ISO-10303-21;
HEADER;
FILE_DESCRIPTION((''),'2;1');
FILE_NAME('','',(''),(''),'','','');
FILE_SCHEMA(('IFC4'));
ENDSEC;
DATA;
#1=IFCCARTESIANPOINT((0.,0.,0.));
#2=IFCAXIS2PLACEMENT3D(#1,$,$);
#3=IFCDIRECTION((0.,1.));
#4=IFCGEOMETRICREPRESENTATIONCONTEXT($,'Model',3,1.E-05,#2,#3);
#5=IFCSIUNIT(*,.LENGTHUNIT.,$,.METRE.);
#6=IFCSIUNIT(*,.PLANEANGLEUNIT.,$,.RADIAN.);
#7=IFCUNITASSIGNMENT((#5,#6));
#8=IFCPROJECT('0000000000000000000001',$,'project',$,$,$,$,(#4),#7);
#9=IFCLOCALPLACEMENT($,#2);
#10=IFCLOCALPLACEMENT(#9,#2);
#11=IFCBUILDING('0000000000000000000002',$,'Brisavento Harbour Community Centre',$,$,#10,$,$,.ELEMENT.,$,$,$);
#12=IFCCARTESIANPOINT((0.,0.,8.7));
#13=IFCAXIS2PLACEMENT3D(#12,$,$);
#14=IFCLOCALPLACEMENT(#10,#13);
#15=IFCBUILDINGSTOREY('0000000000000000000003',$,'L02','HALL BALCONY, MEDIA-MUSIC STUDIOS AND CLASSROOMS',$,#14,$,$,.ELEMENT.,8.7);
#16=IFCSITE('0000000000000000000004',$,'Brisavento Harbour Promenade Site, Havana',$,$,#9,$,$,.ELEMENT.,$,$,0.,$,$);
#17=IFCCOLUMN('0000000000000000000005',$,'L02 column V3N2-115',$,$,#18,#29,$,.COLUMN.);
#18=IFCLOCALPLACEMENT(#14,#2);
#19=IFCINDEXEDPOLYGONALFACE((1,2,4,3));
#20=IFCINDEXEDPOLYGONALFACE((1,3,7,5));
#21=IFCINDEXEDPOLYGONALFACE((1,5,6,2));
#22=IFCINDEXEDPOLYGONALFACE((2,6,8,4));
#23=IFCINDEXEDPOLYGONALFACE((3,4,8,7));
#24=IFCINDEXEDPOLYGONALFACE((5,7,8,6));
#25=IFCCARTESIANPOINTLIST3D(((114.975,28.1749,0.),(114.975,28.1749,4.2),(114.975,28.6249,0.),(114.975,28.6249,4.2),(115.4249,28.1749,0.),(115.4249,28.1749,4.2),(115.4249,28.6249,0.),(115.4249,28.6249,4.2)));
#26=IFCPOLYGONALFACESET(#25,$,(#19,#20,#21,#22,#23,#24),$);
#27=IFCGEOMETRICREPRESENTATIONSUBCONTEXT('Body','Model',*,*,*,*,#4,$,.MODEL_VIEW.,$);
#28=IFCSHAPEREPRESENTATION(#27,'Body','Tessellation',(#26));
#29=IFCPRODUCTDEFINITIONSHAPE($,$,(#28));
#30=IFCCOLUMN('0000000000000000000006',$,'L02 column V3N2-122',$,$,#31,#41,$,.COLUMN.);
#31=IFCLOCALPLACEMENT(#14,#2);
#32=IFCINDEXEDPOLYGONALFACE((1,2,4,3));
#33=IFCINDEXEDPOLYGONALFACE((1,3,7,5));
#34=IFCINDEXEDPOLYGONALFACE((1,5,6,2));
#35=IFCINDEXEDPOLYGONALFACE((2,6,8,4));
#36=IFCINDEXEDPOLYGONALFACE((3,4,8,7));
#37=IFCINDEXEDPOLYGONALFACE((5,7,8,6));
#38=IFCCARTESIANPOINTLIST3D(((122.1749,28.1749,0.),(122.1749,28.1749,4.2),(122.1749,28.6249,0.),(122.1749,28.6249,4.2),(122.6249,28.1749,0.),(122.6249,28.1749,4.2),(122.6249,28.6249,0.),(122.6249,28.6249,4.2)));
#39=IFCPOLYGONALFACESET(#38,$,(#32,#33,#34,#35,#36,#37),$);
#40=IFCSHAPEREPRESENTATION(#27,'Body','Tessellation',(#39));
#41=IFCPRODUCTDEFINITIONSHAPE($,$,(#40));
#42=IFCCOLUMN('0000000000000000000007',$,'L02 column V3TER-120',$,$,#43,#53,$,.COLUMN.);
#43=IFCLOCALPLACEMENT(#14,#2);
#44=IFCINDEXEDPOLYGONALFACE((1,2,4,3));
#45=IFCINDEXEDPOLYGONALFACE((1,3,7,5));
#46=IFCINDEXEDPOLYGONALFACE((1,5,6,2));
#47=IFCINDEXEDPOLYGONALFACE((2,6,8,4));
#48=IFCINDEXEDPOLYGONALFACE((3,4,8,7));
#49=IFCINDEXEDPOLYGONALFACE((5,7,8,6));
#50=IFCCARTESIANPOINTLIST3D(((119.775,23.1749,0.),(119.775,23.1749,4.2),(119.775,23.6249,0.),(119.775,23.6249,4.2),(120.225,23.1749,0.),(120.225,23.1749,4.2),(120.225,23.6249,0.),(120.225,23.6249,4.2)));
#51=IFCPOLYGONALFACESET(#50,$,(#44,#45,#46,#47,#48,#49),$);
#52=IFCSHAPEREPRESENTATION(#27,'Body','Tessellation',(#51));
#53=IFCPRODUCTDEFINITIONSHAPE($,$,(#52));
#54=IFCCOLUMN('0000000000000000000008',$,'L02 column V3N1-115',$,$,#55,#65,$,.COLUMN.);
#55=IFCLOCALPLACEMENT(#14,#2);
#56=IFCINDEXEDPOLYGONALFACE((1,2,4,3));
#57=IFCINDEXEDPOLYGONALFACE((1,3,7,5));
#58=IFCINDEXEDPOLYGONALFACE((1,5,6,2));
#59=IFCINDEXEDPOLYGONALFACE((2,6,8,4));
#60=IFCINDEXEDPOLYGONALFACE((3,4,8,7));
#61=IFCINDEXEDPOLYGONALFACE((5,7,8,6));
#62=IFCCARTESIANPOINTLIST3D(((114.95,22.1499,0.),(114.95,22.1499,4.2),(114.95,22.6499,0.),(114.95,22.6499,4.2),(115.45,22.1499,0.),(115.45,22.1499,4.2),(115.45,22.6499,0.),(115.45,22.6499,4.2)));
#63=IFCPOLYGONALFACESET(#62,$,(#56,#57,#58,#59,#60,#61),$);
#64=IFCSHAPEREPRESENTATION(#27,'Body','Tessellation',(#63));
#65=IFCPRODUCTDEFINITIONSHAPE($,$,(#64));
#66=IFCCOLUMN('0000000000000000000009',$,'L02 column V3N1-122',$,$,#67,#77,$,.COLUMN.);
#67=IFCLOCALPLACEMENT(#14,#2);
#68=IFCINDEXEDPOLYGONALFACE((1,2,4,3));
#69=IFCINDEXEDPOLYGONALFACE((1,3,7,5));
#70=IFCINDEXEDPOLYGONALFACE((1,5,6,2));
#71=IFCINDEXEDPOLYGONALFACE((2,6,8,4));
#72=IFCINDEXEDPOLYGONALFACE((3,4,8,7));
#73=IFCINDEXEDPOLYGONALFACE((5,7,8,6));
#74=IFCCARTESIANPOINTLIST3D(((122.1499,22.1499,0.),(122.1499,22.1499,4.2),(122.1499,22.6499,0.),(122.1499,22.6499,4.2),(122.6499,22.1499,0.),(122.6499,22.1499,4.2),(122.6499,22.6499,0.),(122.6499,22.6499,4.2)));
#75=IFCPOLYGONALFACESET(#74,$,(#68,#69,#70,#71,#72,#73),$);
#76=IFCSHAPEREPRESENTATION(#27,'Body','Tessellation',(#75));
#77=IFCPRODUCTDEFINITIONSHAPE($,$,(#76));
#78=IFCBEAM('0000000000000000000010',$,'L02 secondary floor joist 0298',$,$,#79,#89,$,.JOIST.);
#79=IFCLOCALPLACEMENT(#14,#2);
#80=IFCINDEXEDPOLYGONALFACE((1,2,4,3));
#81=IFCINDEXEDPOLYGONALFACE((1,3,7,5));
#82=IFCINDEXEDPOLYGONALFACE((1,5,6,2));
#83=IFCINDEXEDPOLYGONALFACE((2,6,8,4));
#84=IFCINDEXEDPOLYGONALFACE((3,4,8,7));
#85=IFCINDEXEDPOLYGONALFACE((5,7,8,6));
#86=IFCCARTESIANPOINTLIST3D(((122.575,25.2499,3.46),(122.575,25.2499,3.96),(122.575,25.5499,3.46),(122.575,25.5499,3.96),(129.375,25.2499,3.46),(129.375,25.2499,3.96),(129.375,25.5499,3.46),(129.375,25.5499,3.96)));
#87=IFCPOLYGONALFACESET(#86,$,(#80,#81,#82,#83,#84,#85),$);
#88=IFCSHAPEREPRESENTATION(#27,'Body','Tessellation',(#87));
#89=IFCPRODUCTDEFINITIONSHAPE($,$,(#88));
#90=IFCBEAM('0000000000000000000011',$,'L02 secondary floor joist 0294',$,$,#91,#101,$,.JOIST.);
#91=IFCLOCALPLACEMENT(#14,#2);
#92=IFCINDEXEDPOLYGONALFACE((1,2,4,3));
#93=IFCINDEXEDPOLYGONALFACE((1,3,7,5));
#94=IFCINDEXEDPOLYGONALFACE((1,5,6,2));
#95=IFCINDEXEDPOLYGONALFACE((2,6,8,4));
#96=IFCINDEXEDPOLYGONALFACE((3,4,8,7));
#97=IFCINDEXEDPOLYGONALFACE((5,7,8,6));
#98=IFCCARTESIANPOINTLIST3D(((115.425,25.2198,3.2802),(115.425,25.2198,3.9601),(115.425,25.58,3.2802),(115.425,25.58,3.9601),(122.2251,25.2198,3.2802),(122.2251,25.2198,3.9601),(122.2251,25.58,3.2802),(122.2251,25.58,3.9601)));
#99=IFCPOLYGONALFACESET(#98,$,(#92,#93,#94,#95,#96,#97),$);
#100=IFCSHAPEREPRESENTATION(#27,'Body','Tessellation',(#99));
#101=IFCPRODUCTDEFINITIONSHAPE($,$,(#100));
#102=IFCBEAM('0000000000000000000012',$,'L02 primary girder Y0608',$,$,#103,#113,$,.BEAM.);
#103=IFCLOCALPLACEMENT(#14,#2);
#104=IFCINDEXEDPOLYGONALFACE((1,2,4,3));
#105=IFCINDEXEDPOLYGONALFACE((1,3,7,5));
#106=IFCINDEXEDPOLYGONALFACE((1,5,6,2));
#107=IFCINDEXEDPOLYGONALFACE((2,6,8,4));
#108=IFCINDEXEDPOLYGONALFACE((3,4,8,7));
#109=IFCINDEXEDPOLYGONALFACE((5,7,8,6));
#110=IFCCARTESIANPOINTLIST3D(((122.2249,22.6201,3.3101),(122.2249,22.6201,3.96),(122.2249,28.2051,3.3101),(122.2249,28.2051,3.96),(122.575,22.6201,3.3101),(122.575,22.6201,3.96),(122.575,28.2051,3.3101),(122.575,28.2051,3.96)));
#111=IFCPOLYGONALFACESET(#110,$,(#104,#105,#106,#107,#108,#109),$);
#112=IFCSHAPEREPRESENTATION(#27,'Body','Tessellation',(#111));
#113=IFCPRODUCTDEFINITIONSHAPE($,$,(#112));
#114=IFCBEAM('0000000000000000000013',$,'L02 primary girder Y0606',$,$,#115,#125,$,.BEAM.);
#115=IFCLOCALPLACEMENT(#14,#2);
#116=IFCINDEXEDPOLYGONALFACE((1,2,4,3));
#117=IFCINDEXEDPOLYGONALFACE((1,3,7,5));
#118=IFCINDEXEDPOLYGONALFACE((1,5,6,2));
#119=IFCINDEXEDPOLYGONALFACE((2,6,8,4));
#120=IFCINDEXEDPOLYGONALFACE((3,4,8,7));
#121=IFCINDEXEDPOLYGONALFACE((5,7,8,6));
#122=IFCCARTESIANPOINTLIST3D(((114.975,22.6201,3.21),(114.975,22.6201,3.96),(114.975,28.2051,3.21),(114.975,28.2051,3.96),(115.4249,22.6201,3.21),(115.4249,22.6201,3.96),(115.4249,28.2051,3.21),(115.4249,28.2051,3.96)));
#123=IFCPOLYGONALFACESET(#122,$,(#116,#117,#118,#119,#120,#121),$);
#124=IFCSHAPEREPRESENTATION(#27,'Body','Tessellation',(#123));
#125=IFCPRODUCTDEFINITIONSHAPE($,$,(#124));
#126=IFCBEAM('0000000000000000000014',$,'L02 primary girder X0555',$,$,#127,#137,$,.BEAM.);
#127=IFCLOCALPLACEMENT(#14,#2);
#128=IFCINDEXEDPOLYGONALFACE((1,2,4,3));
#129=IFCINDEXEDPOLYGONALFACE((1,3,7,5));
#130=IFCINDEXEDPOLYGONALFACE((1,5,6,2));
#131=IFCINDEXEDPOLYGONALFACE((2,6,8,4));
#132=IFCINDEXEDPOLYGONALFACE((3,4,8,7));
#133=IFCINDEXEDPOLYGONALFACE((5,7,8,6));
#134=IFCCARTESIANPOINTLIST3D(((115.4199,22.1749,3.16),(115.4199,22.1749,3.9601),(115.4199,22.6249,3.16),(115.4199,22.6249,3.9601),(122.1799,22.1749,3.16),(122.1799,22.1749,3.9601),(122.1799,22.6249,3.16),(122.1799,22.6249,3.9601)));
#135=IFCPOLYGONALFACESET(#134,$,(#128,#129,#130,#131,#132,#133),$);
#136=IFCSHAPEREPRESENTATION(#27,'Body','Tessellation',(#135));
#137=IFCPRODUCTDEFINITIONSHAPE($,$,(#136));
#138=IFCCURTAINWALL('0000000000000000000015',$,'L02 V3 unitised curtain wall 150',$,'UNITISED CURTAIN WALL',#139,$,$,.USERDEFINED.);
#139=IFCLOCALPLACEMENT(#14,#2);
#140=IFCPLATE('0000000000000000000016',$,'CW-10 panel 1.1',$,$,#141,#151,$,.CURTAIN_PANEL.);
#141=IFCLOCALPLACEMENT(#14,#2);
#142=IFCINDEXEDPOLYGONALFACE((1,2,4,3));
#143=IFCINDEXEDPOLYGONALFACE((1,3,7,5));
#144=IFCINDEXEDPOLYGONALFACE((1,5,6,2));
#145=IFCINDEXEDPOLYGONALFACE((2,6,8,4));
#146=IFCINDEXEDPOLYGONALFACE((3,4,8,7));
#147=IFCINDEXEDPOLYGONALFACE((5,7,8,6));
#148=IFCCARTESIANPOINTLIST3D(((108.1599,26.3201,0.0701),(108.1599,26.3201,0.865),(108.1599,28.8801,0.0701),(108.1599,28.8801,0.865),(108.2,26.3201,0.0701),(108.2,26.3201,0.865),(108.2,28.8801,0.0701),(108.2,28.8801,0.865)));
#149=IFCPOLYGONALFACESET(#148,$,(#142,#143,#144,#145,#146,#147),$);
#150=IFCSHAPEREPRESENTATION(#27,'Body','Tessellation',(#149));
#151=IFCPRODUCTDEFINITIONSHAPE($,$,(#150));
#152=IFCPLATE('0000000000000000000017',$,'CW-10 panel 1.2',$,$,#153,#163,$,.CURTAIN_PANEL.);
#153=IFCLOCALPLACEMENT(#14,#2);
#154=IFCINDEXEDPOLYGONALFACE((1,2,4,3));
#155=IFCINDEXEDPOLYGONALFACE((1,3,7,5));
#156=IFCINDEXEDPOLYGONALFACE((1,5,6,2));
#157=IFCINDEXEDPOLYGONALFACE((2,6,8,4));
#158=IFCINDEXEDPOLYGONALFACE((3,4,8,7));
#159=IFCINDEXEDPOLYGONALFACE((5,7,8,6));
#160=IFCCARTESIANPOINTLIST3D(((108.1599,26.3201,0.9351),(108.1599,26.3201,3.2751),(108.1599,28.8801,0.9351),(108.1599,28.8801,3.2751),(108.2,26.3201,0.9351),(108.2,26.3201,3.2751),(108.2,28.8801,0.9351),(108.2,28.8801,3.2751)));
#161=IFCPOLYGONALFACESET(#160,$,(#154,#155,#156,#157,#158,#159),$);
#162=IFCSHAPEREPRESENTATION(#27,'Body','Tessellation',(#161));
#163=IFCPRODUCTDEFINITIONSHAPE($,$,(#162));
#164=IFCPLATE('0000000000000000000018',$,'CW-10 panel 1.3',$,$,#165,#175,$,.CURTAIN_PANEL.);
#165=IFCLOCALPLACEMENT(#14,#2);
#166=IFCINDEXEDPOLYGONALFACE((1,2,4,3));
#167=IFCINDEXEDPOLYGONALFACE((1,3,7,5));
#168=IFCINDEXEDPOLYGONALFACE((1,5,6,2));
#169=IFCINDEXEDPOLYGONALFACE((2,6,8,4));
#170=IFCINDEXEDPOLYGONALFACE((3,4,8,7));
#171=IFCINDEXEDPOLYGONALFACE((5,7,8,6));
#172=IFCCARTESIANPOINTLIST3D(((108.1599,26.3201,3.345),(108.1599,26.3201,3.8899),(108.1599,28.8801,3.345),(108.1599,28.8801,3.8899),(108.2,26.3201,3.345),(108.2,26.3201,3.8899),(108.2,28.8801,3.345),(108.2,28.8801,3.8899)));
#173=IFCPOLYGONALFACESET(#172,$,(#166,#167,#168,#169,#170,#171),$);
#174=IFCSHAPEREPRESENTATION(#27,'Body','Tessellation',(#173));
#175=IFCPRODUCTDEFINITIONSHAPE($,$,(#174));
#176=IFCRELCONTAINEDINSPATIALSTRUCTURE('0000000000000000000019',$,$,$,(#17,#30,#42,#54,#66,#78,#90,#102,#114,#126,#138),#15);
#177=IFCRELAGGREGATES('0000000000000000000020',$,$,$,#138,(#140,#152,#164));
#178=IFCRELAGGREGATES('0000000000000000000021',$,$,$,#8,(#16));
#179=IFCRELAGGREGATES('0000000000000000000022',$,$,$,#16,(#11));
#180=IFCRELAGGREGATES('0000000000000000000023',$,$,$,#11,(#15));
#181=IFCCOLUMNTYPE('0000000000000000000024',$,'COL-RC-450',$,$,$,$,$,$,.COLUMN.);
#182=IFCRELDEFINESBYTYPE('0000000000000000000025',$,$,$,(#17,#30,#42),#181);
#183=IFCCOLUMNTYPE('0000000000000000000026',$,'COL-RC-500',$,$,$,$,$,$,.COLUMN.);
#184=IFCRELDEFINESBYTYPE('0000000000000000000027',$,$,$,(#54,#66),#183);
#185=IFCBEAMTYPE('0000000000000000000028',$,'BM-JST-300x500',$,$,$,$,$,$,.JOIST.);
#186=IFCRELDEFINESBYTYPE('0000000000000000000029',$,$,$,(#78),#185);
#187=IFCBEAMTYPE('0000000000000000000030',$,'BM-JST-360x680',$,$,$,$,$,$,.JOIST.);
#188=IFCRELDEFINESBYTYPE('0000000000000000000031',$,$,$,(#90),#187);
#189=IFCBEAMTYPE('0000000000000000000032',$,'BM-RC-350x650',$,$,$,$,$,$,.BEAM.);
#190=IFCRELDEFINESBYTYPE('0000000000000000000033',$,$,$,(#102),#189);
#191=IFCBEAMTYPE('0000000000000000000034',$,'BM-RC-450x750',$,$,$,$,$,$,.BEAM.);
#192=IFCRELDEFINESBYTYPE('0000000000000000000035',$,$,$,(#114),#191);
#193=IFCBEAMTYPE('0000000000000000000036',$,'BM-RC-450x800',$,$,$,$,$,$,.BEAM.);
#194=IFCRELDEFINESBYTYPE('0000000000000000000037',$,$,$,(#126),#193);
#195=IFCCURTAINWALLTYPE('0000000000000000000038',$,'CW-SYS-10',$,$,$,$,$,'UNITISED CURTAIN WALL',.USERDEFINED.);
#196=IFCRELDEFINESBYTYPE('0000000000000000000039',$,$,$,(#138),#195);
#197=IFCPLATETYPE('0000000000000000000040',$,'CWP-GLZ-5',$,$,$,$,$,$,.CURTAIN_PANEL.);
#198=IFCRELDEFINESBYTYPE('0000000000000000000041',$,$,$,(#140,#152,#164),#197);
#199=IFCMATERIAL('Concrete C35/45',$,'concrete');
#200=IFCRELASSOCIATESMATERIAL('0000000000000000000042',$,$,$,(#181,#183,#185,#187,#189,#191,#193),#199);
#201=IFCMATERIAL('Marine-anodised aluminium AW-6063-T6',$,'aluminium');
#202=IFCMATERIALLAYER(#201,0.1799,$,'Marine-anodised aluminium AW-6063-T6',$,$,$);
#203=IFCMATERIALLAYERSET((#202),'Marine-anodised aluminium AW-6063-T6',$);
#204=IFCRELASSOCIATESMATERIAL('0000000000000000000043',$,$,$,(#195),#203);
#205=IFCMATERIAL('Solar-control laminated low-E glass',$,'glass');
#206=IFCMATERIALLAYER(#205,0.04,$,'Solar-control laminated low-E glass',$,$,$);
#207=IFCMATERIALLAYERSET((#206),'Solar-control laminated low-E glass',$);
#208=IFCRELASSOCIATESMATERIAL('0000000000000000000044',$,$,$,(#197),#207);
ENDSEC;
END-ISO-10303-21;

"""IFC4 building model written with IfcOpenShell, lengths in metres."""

from ifc_helpers import new_model, si_unit, direction, frame, origin, origin_2d, place, context, subcontext, project, spatial, rectangle, extrude, material, layer, layer_set, material_profile, profile_set, type_object, element, aggregate, save


model = new_model("IFC4")

# Units and contexts
model_context = context("Model", 3, precision=1e-05, world=origin(), true_north=direction((0.0, 1.0)))
body_context = subcontext(model_context, "Body", "Model", "MODEL_VIEW")
ifc_project = project(units=[si_unit("LENGTHUNIT", "METRE"), si_unit("PLANEANGLEUNIT", "RADIAN")], contexts=[model_context])

# Site, building, storey
site_placement = place(None, origin())
site = spatial("IfcSite", under=ifc_project, at=site_placement, Name="Brisavento Harbour Promenade Site, Havana", CompositionType="ELEMENT", RefElevation=0.0)
building_placement = place(site_placement, origin())
building = spatial("IfcBuilding", under=site, at=building_placement, Name="Brisavento Harbour Community Centre", CompositionType="ELEMENT")
storey_placement = place(building_placement, frame((0.0, 0.0, 8.7)))
storey = spatial("IfcBuildingStorey", under=building, at=storey_placement, Name="L02", Description="HALL BALCONY, MEDIA-MUSIC STUDIOS AND CLASSROOMS", CompositionType="ELEMENT", Elevation=8.7)

# Columns
ifc_material_1 = material(Name="Concrete C35/45", Category="concrete")
ifc_material_profile_1 = material_profile(ifc_material_1, rectangle(XDim=0.45, YDim=0.45, at=origin_2d()), Name="Concrete C35/45")
ifc_profile_set_1 = profile_set([ifc_material_profile_1], Name="Concrete C35/45")
column_type_1 = type_object("IfcColumnType", Name="COL-RC-450", PredefinedType="COLUMN", material=ifc_profile_set_1)
for number, where, z_axis, x_axis, name in (
    (1, (115.2, 28.3999, 0.0), (0.0, 0.0, 1.0), (1.0, 0.0, 0.0), "L02 column V3N2-115"),
    (2, (122.3999, 28.3999, 0.0), (0.0, 0.0, 1.0), (1.0, 0.0, 0.0), "L02 column V3N2-122"),
    (3, (120.0, 23.3999, 0.0), (0.0, 0.0, 1.0), (1.0, 0.0, 0.0), "L02 column V3TER-120"),
):
    element("IfcColumn", number, at=place(storey_placement, frame(where, z_axis=z_axis, x_axis=x_axis)), inside=storey, type_object=column_type_1, Name=name, PredefinedType="COLUMN", context=body_context, shape_type="SweptSolid", body=[
        extrude(rectangle(XDim=0.45, YDim=0.45, at=origin_2d()), origin(), (0.0, 0.0, 1.0), 4.2),
    ])
ifc_material_profile_2 = material_profile(ifc_material_1, rectangle(XDim=0.5, YDim=0.5, at=origin_2d()), Name="Concrete C35/45")
ifc_profile_set_2 = profile_set([ifc_material_profile_2], Name="Concrete C35/45")
column_type_2 = type_object("IfcColumnType", Name="COL-RC-500", PredefinedType="COLUMN", material=ifc_profile_set_2)
for number, where, z_axis, x_axis, name in (
    (4, (115.2, 22.3999, 0.0), (0.0, 0.0, 1.0), (1.0, 0.0, 0.0), "L02 column V3N1-115"),
    (5, (122.3999, 22.3999, 0.0), (0.0, 0.0, 1.0), (1.0, 0.0, 0.0), "L02 column V3N1-122"),
):
    element("IfcColumn", number, at=place(storey_placement, frame(where, z_axis=z_axis, x_axis=x_axis)), inside=storey, type_object=column_type_2, Name=name, PredefinedType="COLUMN", context=body_context, shape_type="SweptSolid", body=[
        extrude(rectangle(XDim=0.5, YDim=0.5, at=origin_2d()), origin(), (0.0, 0.0, 1.0), 4.2),
    ])

# Beams
ifc_material_profile_3 = material_profile(ifc_material_1, rectangle(XDim=0.3, YDim=0.5, at=origin_2d()), Name="Concrete C35/45")
ifc_profile_set_3 = profile_set([ifc_material_profile_3], Name="Concrete C35/45")
beam_type_1 = type_object("IfcBeamType", Name="BM-JST-300x500", PredefinedType="JOIST", material=ifc_profile_set_3)
beam_1_placement = place(storey_placement, frame((122.575, 25.3999, 3.71), z_axis=(1.0, 0.0, 0.0), x_axis=(0.0, 1.0, 0.0)))
element("IfcBeam", 6, at=beam_1_placement, inside=storey, type_object=beam_type_1, Name="L02 secondary floor joist 0298", PredefinedType="JOIST", context=body_context, shape_type="SweptSolid", body=[
    extrude(rectangle(XDim=0.3, YDim=0.5, at=origin_2d()), origin(), (0.0, 0.0, 1.0), 6.8),
])
ifc_material_profile_4 = material_profile(ifc_material_1, rectangle(XDim=0.3601, YDim=0.6799, at=origin_2d()), Name="Concrete C35/45")
ifc_profile_set_4 = profile_set([ifc_material_profile_4], Name="Concrete C35/45")
beam_type_2 = type_object("IfcBeamType", Name="BM-JST-360x680", PredefinedType="JOIST", material=ifc_profile_set_4)
beam_2_placement = place(storey_placement, frame((115.425, 25.3999, 3.6201), z_axis=(1.0, 0.0, 0.0), x_axis=(0.0, 1.0, 0.0)))
element("IfcBeam", 7, at=beam_2_placement, inside=storey, type_object=beam_type_2, Name="L02 secondary floor joist 0294", PredefinedType="JOIST", context=body_context, shape_type="SweptSolid", body=[
    extrude(rectangle(XDim=0.3601, YDim=0.6799, at=origin_2d()), origin(), (0.0, 0.0, 1.0), 6.8),
])
ifc_material_profile_5 = material_profile(ifc_material_1, rectangle(XDim=0.3501, YDim=0.6499, at=origin_2d()), Name="Concrete C35/45")
ifc_profile_set_5 = profile_set([ifc_material_profile_5], Name="Concrete C35/45")
beam_type_3 = type_object("IfcBeamType", Name="BM-RC-350x650", PredefinedType="BEAM", material=ifc_profile_set_5)
beam_3_placement = place(storey_placement, frame((122.3999, 22.6201, 3.635), z_axis=(0.0, 1.0, 0.0), x_axis=(-1.0, 0.0, 0.0)))
element("IfcBeam", 8, at=beam_3_placement, inside=storey, type_object=beam_type_3, Name="L02 primary girder Y0608", PredefinedType="BEAM", context=body_context, shape_type="SweptSolid", body=[
    extrude(rectangle(XDim=0.3501, YDim=0.6499, at=origin_2d()), origin(), (0.0, 0.0, 1.0), 5.585),
])
ifc_material_profile_6 = material_profile(ifc_material_1, rectangle(XDim=0.45, YDim=0.75, at=origin_2d()), Name="Concrete C35/45")
ifc_profile_set_6 = profile_set([ifc_material_profile_6], Name="Concrete C35/45")
beam_type_4 = type_object("IfcBeamType", Name="BM-RC-450x750", PredefinedType="BEAM", material=ifc_profile_set_6)
beam_4_placement = place(storey_placement, frame((115.2, 22.6201, 3.585), z_axis=(0.0, 1.0, 0.0), x_axis=(-1.0, 0.0, 0.0)))
element("IfcBeam", 9, at=beam_4_placement, inside=storey, type_object=beam_type_4, Name="L02 primary girder Y0606", PredefinedType="BEAM", context=body_context, shape_type="SweptSolid", body=[
    extrude(rectangle(XDim=0.45, YDim=0.75, at=origin_2d()), origin(), (0.0, 0.0, 1.0), 5.585),
])
ifc_material_profile_7 = material_profile(ifc_material_1, rectangle(XDim=0.45, YDim=0.8, at=origin_2d()), Name="Concrete C35/45")
ifc_profile_set_7 = profile_set([ifc_material_profile_7], Name="Concrete C35/45")
beam_type_5 = type_object("IfcBeamType", Name="BM-RC-450x800", PredefinedType="BEAM", material=ifc_profile_set_7)
beam_5_placement = place(storey_placement, frame((115.4199, 22.3999, 3.5601), z_axis=(1.0, 0.0, 0.0), x_axis=(0.0, 1.0, 0.0)))
element("IfcBeam", 10, at=beam_5_placement, inside=storey, type_object=beam_type_5, Name="L02 primary girder X0555", PredefinedType="BEAM", context=body_context, shape_type="SweptSolid", body=[
    extrude(rectangle(XDim=0.45, YDim=0.8, at=origin_2d()), origin(), (0.0, 0.0, 1.0), 6.76),
])

# Curtain wall, plates
ifc_material_2 = material(Name="Marine-anodised aluminium AW-6063-T6", Category="aluminium")
ifc_layer_1 = layer(ifc_material_2, 0.1799, Name="Marine-anodised aluminium AW-6063-T6")
ifc_layer_set_1 = layer_set([ifc_layer_1], Name="Marine-anodised aluminium AW-6063-T6")
curtain_wall_type = type_object("IfcCurtainWallType", Name="CW-SYS-10", ElementType="UNITISED CURTAIN WALL", PredefinedType="USERDEFINED", material=ifc_layer_set_1)
curtain_wall_placement = place(storey_placement, origin())
curtain_wall = element("IfcCurtainWall", 11, at=curtain_wall_placement, inside=storey, type_object=curtain_wall_type, Name="L02 V3 unitised curtain wall 150", ObjectType="UNITISED CURTAIN WALL", PredefinedType="USERDEFINED")
ifc_material_3 = material(Name="Solar-control laminated low-E glass", Category="glass")
ifc_layer_2 = layer(ifc_material_3, 0.04, Name="Solar-control laminated low-E glass")
ifc_layer_set_2 = layer_set([ifc_layer_2], Name="Solar-control laminated low-E glass")
plate_type = type_object("IfcPlateType", Name="CWP-GLZ-5", PredefinedType="CURTAIN_PANEL", material=ifc_layer_set_2)
plate_1_placement = place(storey_placement, frame((108.1799, 27.6001, 0.0701), z_axis=(0.0, 0.0, 1.0), x_axis=(0.0, 1.0, 0.0)))
plate_1 = element("IfcPlate", 12, at=plate_1_placement, type_object=plate_type, Name="CW-10 panel 1.1", PredefinedType="CURTAIN_PANEL", context=body_context, shape_type="SweptSolid", body=[
    extrude(rectangle(XDim=2.5601, YDim=0.04, at=origin_2d()), origin(), (0.0, 0.0, 1.0), 0.7949),
])
plate_2_placement = place(storey_placement, frame((108.1799, 27.6001, 0.9351), z_axis=(0.0, 0.0, 1.0), x_axis=(0.0, 1.0, 0.0)))
plate_2 = element("IfcPlate", 13, at=plate_2_placement, type_object=plate_type, Name="CW-10 panel 1.2", PredefinedType="CURTAIN_PANEL", context=body_context, shape_type="SweptSolid", body=[
    extrude(rectangle(XDim=2.5601, YDim=0.04, at=origin_2d()), origin(), (0.0, 0.0, 1.0), 2.3401),
])
plate_3_placement = place(storey_placement, frame((108.1799, 27.6001, 3.345), z_axis=(0.0, 0.0, 1.0), x_axis=(0.0, 1.0, 0.0)))
plate_3 = element("IfcPlate", 14, at=plate_3_placement, type_object=plate_type, Name="CW-10 panel 1.3", PredefinedType="CURTAIN_PANEL", context=body_context, shape_type="SweptSolid", body=[
    extrude(rectangle(XDim=2.5601, YDim=0.04, at=origin_2d()), origin(), (0.0, 0.0, 1.0), 0.5449),
])
aggregate(curtain_wall, [plate_1, plate_2, plate_3])

save(model, "model.ifc")
